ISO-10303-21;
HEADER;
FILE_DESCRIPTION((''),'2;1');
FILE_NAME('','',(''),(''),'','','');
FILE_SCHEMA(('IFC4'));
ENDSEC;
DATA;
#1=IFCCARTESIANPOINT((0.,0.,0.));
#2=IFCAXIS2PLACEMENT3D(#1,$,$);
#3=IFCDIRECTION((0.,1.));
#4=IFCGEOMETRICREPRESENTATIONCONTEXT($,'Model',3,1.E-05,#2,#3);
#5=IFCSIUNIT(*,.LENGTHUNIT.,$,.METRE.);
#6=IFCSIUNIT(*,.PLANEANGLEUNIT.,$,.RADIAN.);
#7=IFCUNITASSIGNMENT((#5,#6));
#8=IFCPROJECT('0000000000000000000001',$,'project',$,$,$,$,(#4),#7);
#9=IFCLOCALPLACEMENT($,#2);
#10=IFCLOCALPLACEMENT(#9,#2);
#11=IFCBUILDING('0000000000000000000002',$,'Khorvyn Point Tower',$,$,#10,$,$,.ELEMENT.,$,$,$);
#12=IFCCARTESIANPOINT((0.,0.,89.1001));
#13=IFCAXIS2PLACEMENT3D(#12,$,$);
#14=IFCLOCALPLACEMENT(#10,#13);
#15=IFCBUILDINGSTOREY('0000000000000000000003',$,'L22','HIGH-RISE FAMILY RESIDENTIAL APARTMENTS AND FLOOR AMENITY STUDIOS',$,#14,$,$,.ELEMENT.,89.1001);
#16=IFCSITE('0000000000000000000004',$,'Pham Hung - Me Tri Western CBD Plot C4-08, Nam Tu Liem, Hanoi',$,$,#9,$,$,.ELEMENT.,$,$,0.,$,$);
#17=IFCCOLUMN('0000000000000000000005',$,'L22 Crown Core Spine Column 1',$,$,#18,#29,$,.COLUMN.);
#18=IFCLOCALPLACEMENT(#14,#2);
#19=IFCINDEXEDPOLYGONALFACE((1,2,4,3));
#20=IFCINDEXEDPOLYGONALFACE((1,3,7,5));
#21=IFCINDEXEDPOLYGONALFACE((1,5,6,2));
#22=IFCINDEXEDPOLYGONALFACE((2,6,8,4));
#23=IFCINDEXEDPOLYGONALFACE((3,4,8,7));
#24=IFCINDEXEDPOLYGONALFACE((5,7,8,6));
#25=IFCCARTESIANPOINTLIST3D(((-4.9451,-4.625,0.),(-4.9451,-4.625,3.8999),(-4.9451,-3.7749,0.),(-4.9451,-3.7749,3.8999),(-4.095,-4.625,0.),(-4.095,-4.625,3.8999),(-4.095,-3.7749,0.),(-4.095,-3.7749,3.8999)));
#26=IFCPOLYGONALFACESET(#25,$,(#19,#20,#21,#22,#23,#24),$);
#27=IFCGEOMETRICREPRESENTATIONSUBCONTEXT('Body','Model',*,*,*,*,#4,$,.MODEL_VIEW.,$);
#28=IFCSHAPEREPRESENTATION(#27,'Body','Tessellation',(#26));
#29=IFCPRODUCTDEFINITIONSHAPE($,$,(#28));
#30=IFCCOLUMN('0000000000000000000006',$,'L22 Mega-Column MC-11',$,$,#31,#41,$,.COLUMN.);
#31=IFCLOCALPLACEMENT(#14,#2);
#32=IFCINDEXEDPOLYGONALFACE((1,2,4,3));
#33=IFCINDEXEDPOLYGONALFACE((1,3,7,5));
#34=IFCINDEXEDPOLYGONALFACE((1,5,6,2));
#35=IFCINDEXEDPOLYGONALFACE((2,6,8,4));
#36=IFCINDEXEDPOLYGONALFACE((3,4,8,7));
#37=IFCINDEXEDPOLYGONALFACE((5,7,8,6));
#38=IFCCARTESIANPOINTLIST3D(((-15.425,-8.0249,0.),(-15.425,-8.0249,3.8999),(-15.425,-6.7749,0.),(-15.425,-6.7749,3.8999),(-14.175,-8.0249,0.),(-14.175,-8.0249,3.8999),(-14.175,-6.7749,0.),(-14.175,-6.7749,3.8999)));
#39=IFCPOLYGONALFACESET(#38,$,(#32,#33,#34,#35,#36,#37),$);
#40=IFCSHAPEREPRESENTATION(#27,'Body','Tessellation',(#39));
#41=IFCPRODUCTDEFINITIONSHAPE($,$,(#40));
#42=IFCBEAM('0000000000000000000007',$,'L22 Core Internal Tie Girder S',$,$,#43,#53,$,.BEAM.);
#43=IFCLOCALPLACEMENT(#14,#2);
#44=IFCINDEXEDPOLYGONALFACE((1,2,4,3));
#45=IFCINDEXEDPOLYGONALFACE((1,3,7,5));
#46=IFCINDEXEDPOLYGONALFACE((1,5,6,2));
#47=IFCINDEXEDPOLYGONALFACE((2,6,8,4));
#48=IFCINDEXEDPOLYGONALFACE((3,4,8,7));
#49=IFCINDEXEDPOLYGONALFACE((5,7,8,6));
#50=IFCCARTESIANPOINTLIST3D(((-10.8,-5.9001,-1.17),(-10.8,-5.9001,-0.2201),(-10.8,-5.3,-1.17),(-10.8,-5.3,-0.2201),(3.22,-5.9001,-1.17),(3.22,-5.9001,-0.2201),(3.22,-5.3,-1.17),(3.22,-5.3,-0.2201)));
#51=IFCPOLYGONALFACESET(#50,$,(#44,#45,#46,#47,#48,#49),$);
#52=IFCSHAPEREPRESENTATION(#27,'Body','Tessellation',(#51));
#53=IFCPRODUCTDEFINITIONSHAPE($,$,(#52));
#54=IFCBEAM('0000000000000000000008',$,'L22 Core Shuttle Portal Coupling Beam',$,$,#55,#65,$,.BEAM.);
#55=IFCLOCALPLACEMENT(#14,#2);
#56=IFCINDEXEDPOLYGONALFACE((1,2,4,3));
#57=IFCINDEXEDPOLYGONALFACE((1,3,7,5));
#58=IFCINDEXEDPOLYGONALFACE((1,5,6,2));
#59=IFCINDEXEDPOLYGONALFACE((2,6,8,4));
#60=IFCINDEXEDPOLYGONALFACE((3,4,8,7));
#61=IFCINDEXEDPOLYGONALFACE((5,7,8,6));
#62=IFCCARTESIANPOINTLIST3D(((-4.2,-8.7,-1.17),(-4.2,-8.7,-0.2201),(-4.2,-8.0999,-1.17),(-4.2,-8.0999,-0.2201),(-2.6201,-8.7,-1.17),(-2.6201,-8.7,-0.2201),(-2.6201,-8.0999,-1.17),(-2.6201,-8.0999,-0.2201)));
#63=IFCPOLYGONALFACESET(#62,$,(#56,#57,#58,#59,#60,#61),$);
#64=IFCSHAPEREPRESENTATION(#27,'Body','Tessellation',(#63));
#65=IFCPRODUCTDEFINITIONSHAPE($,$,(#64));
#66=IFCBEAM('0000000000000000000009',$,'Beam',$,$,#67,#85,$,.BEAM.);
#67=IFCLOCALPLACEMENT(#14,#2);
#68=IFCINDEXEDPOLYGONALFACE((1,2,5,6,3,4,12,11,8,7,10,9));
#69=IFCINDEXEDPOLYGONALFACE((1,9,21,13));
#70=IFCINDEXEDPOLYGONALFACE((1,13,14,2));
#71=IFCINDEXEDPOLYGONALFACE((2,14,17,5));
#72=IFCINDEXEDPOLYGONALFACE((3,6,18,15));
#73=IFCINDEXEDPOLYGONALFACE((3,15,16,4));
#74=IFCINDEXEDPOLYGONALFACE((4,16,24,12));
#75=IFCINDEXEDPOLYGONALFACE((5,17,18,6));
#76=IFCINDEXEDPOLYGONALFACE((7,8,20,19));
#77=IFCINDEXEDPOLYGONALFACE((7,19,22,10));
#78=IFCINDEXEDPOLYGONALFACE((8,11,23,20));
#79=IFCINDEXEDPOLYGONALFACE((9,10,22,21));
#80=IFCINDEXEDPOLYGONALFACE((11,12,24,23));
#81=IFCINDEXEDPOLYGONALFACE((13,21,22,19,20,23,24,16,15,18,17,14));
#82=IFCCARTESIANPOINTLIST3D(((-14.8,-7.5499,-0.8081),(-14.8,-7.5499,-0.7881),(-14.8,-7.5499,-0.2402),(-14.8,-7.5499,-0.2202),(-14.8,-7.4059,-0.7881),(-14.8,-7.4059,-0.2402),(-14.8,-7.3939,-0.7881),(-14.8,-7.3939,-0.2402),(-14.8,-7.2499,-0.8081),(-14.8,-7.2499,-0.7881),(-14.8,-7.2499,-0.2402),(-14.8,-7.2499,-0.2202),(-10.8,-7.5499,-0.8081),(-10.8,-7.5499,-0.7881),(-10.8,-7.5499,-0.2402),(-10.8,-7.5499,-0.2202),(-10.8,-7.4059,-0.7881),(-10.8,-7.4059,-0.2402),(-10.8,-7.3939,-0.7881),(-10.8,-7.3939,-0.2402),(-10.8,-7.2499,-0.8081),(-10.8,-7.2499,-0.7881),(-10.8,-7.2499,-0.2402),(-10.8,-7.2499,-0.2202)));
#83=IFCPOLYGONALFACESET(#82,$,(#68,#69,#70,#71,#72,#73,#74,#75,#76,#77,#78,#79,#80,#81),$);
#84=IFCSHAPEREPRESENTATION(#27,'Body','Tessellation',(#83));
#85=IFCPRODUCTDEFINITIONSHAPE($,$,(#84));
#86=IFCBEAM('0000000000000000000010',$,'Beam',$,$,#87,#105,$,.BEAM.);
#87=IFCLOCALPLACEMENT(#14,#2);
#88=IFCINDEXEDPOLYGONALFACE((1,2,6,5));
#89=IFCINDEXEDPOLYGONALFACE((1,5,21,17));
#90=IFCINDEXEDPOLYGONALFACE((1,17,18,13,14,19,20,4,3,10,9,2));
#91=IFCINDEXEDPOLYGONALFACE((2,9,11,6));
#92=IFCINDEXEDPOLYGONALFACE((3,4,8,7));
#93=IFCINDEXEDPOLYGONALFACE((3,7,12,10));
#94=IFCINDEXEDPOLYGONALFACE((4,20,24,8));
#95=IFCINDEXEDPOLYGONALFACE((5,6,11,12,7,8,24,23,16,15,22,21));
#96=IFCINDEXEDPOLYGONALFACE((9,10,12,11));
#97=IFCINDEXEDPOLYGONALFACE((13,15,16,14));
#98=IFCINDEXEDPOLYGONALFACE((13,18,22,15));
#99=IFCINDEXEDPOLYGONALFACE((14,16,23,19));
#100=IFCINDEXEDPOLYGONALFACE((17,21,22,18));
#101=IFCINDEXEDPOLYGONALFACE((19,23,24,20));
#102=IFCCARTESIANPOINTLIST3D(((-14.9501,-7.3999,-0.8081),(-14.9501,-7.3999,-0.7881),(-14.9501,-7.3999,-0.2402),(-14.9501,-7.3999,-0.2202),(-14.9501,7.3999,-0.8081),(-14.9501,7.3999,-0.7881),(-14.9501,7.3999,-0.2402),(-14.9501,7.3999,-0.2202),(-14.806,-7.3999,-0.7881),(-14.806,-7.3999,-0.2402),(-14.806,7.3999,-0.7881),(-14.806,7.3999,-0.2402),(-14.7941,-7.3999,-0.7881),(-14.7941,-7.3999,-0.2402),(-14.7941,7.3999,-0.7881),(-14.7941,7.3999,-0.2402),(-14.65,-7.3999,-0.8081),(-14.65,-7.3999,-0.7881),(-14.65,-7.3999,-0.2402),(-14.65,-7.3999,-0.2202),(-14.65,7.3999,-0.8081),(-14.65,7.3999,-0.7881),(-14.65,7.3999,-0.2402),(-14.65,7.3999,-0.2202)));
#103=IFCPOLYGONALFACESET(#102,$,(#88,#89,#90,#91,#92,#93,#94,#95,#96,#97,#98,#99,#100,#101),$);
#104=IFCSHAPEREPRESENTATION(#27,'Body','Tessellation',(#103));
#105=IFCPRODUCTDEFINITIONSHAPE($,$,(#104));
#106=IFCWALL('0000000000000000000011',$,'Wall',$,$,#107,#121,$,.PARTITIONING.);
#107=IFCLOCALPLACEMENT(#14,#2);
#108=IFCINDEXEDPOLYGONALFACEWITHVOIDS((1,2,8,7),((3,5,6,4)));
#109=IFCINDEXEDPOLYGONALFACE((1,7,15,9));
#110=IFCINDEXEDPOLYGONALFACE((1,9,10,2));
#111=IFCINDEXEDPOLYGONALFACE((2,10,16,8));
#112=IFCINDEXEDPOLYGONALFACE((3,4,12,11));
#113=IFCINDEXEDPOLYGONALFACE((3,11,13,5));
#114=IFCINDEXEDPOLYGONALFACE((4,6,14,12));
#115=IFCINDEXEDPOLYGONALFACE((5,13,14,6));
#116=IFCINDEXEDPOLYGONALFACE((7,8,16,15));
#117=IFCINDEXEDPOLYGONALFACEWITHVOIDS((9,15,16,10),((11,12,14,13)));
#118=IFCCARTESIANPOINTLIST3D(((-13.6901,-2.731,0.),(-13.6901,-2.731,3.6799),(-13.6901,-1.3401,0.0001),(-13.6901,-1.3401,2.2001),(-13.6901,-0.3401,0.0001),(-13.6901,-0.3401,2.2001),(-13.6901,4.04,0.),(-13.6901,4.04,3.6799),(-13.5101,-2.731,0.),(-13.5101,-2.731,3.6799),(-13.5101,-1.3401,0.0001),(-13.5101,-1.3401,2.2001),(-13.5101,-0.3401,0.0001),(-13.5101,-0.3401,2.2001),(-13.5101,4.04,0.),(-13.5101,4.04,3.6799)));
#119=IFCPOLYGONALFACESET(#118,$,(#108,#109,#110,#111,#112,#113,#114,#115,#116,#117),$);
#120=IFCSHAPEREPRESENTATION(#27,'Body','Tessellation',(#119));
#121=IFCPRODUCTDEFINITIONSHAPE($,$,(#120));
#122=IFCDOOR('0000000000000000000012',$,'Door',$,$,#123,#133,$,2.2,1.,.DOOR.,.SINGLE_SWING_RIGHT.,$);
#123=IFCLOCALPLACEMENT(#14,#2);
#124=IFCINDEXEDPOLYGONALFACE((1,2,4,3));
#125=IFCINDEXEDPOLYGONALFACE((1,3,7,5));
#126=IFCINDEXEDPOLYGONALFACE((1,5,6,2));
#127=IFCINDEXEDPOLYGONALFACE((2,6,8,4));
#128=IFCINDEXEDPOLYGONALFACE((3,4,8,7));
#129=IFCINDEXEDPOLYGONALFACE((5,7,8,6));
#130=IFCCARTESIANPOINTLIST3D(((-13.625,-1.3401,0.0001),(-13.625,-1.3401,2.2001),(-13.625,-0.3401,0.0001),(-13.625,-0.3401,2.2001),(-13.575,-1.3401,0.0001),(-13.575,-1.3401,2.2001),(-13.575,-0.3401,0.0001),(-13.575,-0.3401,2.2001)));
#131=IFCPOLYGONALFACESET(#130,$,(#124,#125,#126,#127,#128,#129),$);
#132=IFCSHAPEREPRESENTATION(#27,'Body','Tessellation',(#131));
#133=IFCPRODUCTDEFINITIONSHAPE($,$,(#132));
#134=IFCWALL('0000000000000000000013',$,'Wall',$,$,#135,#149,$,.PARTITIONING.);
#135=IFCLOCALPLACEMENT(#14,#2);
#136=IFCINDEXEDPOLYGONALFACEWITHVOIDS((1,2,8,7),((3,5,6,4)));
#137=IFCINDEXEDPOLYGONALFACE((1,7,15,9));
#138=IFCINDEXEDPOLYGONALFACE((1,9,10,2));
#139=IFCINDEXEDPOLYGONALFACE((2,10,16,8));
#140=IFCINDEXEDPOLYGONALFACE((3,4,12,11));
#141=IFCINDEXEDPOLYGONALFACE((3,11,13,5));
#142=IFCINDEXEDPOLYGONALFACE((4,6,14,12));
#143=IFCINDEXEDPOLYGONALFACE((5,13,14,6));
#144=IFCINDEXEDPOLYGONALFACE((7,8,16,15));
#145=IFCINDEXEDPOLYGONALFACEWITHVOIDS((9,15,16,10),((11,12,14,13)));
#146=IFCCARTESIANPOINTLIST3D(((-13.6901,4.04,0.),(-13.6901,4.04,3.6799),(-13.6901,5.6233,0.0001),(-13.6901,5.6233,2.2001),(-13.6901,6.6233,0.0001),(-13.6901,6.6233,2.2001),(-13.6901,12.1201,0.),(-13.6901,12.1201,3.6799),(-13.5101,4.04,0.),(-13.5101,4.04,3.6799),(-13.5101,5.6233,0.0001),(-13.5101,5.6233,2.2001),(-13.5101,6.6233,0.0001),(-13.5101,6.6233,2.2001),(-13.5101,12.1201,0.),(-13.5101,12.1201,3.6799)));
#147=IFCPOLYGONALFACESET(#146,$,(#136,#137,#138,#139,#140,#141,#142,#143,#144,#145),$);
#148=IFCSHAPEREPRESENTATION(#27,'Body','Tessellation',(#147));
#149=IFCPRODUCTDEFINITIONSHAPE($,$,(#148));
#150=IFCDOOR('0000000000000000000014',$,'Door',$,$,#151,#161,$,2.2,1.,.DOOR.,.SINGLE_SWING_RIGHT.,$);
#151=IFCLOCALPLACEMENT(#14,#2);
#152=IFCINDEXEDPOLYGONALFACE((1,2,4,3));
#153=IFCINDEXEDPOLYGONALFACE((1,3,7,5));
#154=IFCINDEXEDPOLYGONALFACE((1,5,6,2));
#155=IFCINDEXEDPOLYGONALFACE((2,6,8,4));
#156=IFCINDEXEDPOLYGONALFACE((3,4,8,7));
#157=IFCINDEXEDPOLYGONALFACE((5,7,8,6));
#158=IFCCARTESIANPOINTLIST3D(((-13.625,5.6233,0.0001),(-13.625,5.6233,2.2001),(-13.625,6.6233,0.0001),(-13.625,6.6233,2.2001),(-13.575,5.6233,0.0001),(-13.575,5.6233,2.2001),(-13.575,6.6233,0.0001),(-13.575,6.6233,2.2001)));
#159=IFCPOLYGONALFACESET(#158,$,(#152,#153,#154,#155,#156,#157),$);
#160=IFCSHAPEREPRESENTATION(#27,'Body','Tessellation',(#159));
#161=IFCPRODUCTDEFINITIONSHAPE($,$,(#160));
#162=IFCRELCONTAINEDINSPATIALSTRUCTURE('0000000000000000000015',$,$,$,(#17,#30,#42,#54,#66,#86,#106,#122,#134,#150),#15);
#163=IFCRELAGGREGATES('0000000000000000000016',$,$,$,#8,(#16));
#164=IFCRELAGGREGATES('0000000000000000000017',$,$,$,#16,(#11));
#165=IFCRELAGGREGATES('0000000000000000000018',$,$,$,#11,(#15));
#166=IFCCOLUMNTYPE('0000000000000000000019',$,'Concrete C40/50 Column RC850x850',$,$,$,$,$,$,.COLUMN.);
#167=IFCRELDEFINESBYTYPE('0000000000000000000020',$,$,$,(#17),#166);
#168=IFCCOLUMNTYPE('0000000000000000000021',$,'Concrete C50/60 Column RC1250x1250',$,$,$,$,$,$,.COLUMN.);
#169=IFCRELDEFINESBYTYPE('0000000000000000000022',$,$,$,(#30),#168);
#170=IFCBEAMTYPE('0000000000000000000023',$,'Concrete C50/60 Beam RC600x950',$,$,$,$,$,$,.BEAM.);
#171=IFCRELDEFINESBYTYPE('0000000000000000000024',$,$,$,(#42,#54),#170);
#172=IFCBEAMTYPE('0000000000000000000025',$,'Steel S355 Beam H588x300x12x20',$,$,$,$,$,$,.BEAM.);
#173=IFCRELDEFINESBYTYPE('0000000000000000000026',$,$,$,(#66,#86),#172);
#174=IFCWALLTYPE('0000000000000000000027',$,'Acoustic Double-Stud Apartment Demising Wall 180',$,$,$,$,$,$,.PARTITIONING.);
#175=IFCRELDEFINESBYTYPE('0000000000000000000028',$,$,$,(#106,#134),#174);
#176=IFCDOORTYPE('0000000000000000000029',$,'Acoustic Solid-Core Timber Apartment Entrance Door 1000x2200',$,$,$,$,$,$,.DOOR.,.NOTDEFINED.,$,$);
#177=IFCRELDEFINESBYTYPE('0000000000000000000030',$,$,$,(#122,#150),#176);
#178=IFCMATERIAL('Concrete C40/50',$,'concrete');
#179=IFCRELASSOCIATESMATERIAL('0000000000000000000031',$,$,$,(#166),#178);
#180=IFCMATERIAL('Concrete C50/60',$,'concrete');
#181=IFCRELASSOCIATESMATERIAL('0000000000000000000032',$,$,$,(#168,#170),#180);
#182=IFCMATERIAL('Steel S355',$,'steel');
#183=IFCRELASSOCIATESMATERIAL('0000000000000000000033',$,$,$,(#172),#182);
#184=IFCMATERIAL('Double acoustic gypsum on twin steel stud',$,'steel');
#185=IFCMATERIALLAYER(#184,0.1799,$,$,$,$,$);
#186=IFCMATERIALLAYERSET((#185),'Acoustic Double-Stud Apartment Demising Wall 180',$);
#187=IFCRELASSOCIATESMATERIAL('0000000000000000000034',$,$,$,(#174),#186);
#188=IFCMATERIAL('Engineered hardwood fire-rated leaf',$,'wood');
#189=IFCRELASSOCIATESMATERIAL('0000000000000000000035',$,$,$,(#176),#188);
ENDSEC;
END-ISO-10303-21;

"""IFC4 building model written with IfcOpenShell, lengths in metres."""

from ifc_helpers import new_model, si_unit, direction, frame, frame_2d, origin, origin_2d, place, context, subcontext, project, spatial, rectangle, i_section, extrude, material, layer, layer_set, material_profile, profile_set, type_object, element, fill, save


model = new_model("IFC4")

# Units and contexts
model_context = context("Model", 3, precision=1e-05, world=origin(), true_north=direction((0.0, 1.0)))
body_context = subcontext(model_context, "Body", "Model", "MODEL_VIEW")
ifc_project = project(units=[si_unit("LENGTHUNIT", "METRE"), si_unit("PLANEANGLEUNIT", "RADIAN")], contexts=[model_context])

# Site, building, storey
site_placement = place(None, origin())
site = spatial("IfcSite", under=ifc_project, at=site_placement, Name="Pham Hung - Me Tri Western CBD Plot C4-08, Nam Tu Liem, Hanoi", CompositionType="ELEMENT", RefElevation=0.0)
building_placement = place(site_placement, origin())
building = spatial("IfcBuilding", under=site, at=building_placement, Name="Khorvyn Point Tower", CompositionType="ELEMENT")
storey_placement = place(building_placement, frame((0.0, 0.0, 89.1001)))
storey = spatial("IfcBuildingStorey", under=building, at=storey_placement, Name="L22", Description="HIGH-RISE FAMILY RESIDENTIAL APARTMENTS AND FLOOR AMENITY STUDIOS", CompositionType="ELEMENT", Elevation=89.1001)

# Columns
ifc_material_1 = material(Name="Concrete C40/50", Category="concrete")
ifc_material_profile_1 = material_profile(ifc_material_1, rectangle(XDim=0.8501, YDim=0.8501, at=origin_2d()))
ifc_profile_set_1 = profile_set([ifc_material_profile_1], Name="Concrete C40/50 RC850x850")
column_type_1 = type_object("IfcColumnType", Name="Concrete C40/50 Column RC850x850", PredefinedType="COLUMN", material=ifc_profile_set_1)
column_1_placement = place(storey_placement, frame((-4.52, -4.2, 0.0), z_axis=(0.0, 0.0, 1.0), x_axis=(1.0, 0.0, 0.0)))
element("IfcColumn", 1, at=column_1_placement, inside=storey, type_object=column_type_1, Name="L22 Crown Core Spine Column 1", PredefinedType="COLUMN", context=body_context, shape_type="SweptSolid", body=[
    extrude(rectangle(XDim=0.8501, YDim=0.8501, at=origin_2d()), origin(), (0.0, 0.0, 1.0), 3.8999),
])
ifc_material_2 = material(Name="Concrete C50/60", Category="concrete")
ifc_material_profile_2 = material_profile(ifc_material_2, rectangle(XDim=1.25, YDim=1.25, at=origin_2d()))
ifc_profile_set_2 = profile_set([ifc_material_profile_2], Name="Concrete C50/60 RC1250x1250")
column_type_2 = type_object("IfcColumnType", Name="Concrete C50/60 Column RC1250x1250", PredefinedType="COLUMN", material=ifc_profile_set_2)
column_2_placement = place(storey_placement, frame((-14.8, -7.3999, 0.0), z_axis=(0.0, 0.0, 1.0), x_axis=(1.0, 0.0, 0.0)))
element("IfcColumn", 2, at=column_2_placement, inside=storey, type_object=column_type_2, Name="L22 Mega-Column MC-11", PredefinedType="COLUMN", context=body_context, shape_type="SweptSolid", body=[
    extrude(rectangle(XDim=1.25, YDim=1.25, at=origin_2d()), origin(), (0.0, 0.0, 1.0), 3.8999),
])

# Beams
ifc_material_profile_3 = material_profile(ifc_material_2, rectangle(XDim=0.6001, YDim=0.95, at=origin_2d()))
ifc_profile_set_3 = profile_set([ifc_material_profile_3], Name="Concrete C50/60 RC600x950")
beam_type_1 = type_object("IfcBeamType", Name="Concrete C50/60 Beam RC600x950", PredefinedType="BEAM", material=ifc_profile_set_3)
beam_1_placement = place(storey_placement, frame((-10.8, -5.6001, -0.6951), z_axis=(1.0, 0.0, 0.0), x_axis=(0.0, 1.0, 0.0)))
element("IfcBeam", 3, at=beam_1_placement, inside=storey, type_object=beam_type_1, Name="L22 Core Internal Tie Girder S", PredefinedType="BEAM", context=body_context, shape_type="SweptSolid", body=[
    extrude(rectangle(XDim=0.6001, YDim=0.95, at=origin_2d()), origin(), (0.0, 0.0, 1.0), 14.02),
])
beam_2_placement = place(storey_placement, frame((-4.2, -8.3999, -0.6951), z_axis=(1.0, 0.0, 0.0), x_axis=(0.0, 1.0, 0.0)))
element("IfcBeam", 4, at=beam_2_placement, inside=storey, type_object=beam_type_1, Name="L22 Core Shuttle Portal Coupling Beam", PredefinedType="BEAM", context=body_context, shape_type="SweptSolid", body=[
    extrude(rectangle(XDim=0.6001, YDim=0.95, at=origin_2d()), origin(), (0.0, 0.0, 1.0), 1.5798),
])
ifc_material_3 = material(Name="Steel S355", Category="steel")
ifc_material_profile_4 = material_profile(ifc_material_3, i_section(OverallWidth=0.3, OverallDepth=0.5879, WebThickness=0.012, FlangeThickness=0.02, at=origin_2d()))
ifc_profile_set_4 = profile_set([ifc_material_profile_4], Name="Steel S355 H588x300x12x20")
beam_type_2 = type_object("IfcBeamType", Name="Steel S355 Beam H588x300x12x20", PredefinedType="BEAM", material=ifc_profile_set_4)
beam_3_placement = place(storey_placement, frame((-14.8, -7.3999, -0.5142), z_axis=(1.0, 0.0, 0.0), x_axis=(0.0, 1.0, 0.0)))
element("IfcBeam", 5, at=beam_3_placement, inside=storey, type_object=beam_type_2, Name="Beam", PredefinedType="BEAM", context=body_context, shape_type="SweptSolid", body=[
    extrude(i_section(OverallWidth=0.3, OverallDepth=0.5879, WebThickness=0.012, FlangeThickness=0.02, at=origin_2d()), origin(), (0.0, 0.0, 1.0), 4.0),
])
beam_4_placement = place(storey_placement, frame((-14.8, -7.3999, -0.5142), z_axis=(0.0, 1.0, 0.0), x_axis=(-1.0, 0.0, 0.0)))
element("IfcBeam", 6, at=beam_4_placement, inside=storey, type_object=beam_type_2, Name="Beam", PredefinedType="BEAM", context=body_context, shape_type="SweptSolid", body=[
    extrude(i_section(OverallWidth=0.3, OverallDepth=0.5879, WebThickness=0.012, FlangeThickness=0.02, at=origin_2d()), origin(), (0.0, 0.0, 1.0), 14.7998),
])

# Walls, openings, doors
ifc_material_4 = material(Name="Double acoustic gypsum on twin steel stud", Category="steel")
ifc_layer_1 = layer(ifc_material_4, 0.1799)
ifc_layer_set_1 = layer_set([ifc_layer_1], Name="Acoustic Double-Stud Apartment Demising Wall 180")
wall_type_1 = type_object("IfcWallType", Name="Acoustic Double-Stud Apartment Demising Wall 180", PredefinedType="PARTITIONING", material=ifc_layer_set_1)
wall_1_placement = place(storey_placement, frame((-13.6001, -2.731, 0.0), z_axis=(0.0, 0.0, 1.0), x_axis=(0.0, 1.0, 0.0)))
wall_1 = element("IfcWall", 7, at=wall_1_placement, inside=storey, type_object=wall_type_1, Name="Wall", PredefinedType="PARTITIONING", context=body_context, shape_type="SweptSolid", body=[
    extrude(rectangle(XDim=6.771, YDim=0.1799, at=frame_2d((3.3855, 0.0))), origin(), (0.0, 0.0, 1.0), 3.6799),
])
opening_1_placement = place(wall_1_placement, frame((1.3909, 0.0, 0.0)))
opening_1 = element("IfcOpeningElement", 8, at=opening_1_placement, cuts=wall_1, PredefinedType="OPENING", context=body_context, shape_type="SweptSolid", body=[
    extrude(rectangle(XDim=1.0, YDim=2.2, at=frame_2d((0.5, 1.1001))), frame((0.0, 0.0999, 0.0), z_axis=(0.0, -1.0, 0.0), x_axis=(1.0, 0.0, 0.0)), (0.0, 0.0, 1.0), 0.2),
])
ifc_material_5 = material(Name="Engineered hardwood fire-rated leaf", Category="wood")
door_type_1 = type_object("IfcDoorType", Name="Acoustic Solid-Core Timber Apartment Entrance Door 1000x2200", OperationType="NOTDEFINED", PredefinedType="DOOR", material=ifc_material_5)
door_1_placement = place(opening_1_placement, origin())
door_1 = element("IfcDoor", 9, at=door_1_placement, inside=storey, type_object=door_type_1, Name="Door", OperationType="SINGLE_SWING_RIGHT", OverallHeight=2.2, OverallWidth=1.0, PredefinedType="DOOR", context=body_context, shape_type="SweptSolid", body=[
    extrude(rectangle(XDim=1.0, YDim=2.2, at=frame_2d((0.5, 1.1001))), frame((0.0, 0.0249, 0.0), z_axis=(0.0, -1.0, 0.0), x_axis=(1.0, 0.0, 0.0)), (0.0, 0.0, 1.0), 0.05),
])
fill(opening_1, door_1)
wall_2_placement = place(storey_placement, frame((-13.6001, 4.04, 0.0), z_axis=(0.0, 0.0, 1.0), x_axis=(0.0, 1.0, 0.0)))
wall_2 = element("IfcWall", 10, at=wall_2_placement, inside=storey, type_object=wall_type_1, Name="Wall", PredefinedType="PARTITIONING", context=body_context, shape_type="SweptSolid", body=[
    extrude(rectangle(XDim=8.0801, YDim=0.1799, at=frame_2d((4.04, 0.0))), origin(), (0.0, 0.0, 1.0), 3.6799),
])
opening_2_placement = place(wall_2_placement, frame((1.5833, 0.0, 0.0)))
opening_2 = element("IfcOpeningElement", 11, at=opening_2_placement, cuts=wall_2, PredefinedType="OPENING", context=body_context, shape_type="SweptSolid", body=[
    extrude(rectangle(XDim=1.0, YDim=2.2, at=frame_2d((0.5, 1.1001))), frame((0.0, 0.0999, 0.0), z_axis=(0.0, -1.0, 0.0), x_axis=(1.0, 0.0, 0.0)), (0.0, 0.0, 1.0), 0.2),
])
door_2_placement = place(opening_2_placement, origin())
door_2 = element("IfcDoor", 12, at=door_2_placement, inside=storey, type_object=door_type_1, Name="Door", OperationType="SINGLE_SWING_RIGHT", OverallHeight=2.2, OverallWidth=1.0, PredefinedType="DOOR", context=body_context, shape_type="SweptSolid", body=[
    extrude(rectangle(XDim=1.0, YDim=2.2, at=frame_2d((0.5, 1.1001))), frame((0.0, 0.0249, 0.0), z_axis=(0.0, -1.0, 0.0), x_axis=(1.0, 0.0, 0.0)), (0.0, 0.0, 1.0), 0.05),
])
fill(opening_2, door_2)

save(model, "model.ifc")
